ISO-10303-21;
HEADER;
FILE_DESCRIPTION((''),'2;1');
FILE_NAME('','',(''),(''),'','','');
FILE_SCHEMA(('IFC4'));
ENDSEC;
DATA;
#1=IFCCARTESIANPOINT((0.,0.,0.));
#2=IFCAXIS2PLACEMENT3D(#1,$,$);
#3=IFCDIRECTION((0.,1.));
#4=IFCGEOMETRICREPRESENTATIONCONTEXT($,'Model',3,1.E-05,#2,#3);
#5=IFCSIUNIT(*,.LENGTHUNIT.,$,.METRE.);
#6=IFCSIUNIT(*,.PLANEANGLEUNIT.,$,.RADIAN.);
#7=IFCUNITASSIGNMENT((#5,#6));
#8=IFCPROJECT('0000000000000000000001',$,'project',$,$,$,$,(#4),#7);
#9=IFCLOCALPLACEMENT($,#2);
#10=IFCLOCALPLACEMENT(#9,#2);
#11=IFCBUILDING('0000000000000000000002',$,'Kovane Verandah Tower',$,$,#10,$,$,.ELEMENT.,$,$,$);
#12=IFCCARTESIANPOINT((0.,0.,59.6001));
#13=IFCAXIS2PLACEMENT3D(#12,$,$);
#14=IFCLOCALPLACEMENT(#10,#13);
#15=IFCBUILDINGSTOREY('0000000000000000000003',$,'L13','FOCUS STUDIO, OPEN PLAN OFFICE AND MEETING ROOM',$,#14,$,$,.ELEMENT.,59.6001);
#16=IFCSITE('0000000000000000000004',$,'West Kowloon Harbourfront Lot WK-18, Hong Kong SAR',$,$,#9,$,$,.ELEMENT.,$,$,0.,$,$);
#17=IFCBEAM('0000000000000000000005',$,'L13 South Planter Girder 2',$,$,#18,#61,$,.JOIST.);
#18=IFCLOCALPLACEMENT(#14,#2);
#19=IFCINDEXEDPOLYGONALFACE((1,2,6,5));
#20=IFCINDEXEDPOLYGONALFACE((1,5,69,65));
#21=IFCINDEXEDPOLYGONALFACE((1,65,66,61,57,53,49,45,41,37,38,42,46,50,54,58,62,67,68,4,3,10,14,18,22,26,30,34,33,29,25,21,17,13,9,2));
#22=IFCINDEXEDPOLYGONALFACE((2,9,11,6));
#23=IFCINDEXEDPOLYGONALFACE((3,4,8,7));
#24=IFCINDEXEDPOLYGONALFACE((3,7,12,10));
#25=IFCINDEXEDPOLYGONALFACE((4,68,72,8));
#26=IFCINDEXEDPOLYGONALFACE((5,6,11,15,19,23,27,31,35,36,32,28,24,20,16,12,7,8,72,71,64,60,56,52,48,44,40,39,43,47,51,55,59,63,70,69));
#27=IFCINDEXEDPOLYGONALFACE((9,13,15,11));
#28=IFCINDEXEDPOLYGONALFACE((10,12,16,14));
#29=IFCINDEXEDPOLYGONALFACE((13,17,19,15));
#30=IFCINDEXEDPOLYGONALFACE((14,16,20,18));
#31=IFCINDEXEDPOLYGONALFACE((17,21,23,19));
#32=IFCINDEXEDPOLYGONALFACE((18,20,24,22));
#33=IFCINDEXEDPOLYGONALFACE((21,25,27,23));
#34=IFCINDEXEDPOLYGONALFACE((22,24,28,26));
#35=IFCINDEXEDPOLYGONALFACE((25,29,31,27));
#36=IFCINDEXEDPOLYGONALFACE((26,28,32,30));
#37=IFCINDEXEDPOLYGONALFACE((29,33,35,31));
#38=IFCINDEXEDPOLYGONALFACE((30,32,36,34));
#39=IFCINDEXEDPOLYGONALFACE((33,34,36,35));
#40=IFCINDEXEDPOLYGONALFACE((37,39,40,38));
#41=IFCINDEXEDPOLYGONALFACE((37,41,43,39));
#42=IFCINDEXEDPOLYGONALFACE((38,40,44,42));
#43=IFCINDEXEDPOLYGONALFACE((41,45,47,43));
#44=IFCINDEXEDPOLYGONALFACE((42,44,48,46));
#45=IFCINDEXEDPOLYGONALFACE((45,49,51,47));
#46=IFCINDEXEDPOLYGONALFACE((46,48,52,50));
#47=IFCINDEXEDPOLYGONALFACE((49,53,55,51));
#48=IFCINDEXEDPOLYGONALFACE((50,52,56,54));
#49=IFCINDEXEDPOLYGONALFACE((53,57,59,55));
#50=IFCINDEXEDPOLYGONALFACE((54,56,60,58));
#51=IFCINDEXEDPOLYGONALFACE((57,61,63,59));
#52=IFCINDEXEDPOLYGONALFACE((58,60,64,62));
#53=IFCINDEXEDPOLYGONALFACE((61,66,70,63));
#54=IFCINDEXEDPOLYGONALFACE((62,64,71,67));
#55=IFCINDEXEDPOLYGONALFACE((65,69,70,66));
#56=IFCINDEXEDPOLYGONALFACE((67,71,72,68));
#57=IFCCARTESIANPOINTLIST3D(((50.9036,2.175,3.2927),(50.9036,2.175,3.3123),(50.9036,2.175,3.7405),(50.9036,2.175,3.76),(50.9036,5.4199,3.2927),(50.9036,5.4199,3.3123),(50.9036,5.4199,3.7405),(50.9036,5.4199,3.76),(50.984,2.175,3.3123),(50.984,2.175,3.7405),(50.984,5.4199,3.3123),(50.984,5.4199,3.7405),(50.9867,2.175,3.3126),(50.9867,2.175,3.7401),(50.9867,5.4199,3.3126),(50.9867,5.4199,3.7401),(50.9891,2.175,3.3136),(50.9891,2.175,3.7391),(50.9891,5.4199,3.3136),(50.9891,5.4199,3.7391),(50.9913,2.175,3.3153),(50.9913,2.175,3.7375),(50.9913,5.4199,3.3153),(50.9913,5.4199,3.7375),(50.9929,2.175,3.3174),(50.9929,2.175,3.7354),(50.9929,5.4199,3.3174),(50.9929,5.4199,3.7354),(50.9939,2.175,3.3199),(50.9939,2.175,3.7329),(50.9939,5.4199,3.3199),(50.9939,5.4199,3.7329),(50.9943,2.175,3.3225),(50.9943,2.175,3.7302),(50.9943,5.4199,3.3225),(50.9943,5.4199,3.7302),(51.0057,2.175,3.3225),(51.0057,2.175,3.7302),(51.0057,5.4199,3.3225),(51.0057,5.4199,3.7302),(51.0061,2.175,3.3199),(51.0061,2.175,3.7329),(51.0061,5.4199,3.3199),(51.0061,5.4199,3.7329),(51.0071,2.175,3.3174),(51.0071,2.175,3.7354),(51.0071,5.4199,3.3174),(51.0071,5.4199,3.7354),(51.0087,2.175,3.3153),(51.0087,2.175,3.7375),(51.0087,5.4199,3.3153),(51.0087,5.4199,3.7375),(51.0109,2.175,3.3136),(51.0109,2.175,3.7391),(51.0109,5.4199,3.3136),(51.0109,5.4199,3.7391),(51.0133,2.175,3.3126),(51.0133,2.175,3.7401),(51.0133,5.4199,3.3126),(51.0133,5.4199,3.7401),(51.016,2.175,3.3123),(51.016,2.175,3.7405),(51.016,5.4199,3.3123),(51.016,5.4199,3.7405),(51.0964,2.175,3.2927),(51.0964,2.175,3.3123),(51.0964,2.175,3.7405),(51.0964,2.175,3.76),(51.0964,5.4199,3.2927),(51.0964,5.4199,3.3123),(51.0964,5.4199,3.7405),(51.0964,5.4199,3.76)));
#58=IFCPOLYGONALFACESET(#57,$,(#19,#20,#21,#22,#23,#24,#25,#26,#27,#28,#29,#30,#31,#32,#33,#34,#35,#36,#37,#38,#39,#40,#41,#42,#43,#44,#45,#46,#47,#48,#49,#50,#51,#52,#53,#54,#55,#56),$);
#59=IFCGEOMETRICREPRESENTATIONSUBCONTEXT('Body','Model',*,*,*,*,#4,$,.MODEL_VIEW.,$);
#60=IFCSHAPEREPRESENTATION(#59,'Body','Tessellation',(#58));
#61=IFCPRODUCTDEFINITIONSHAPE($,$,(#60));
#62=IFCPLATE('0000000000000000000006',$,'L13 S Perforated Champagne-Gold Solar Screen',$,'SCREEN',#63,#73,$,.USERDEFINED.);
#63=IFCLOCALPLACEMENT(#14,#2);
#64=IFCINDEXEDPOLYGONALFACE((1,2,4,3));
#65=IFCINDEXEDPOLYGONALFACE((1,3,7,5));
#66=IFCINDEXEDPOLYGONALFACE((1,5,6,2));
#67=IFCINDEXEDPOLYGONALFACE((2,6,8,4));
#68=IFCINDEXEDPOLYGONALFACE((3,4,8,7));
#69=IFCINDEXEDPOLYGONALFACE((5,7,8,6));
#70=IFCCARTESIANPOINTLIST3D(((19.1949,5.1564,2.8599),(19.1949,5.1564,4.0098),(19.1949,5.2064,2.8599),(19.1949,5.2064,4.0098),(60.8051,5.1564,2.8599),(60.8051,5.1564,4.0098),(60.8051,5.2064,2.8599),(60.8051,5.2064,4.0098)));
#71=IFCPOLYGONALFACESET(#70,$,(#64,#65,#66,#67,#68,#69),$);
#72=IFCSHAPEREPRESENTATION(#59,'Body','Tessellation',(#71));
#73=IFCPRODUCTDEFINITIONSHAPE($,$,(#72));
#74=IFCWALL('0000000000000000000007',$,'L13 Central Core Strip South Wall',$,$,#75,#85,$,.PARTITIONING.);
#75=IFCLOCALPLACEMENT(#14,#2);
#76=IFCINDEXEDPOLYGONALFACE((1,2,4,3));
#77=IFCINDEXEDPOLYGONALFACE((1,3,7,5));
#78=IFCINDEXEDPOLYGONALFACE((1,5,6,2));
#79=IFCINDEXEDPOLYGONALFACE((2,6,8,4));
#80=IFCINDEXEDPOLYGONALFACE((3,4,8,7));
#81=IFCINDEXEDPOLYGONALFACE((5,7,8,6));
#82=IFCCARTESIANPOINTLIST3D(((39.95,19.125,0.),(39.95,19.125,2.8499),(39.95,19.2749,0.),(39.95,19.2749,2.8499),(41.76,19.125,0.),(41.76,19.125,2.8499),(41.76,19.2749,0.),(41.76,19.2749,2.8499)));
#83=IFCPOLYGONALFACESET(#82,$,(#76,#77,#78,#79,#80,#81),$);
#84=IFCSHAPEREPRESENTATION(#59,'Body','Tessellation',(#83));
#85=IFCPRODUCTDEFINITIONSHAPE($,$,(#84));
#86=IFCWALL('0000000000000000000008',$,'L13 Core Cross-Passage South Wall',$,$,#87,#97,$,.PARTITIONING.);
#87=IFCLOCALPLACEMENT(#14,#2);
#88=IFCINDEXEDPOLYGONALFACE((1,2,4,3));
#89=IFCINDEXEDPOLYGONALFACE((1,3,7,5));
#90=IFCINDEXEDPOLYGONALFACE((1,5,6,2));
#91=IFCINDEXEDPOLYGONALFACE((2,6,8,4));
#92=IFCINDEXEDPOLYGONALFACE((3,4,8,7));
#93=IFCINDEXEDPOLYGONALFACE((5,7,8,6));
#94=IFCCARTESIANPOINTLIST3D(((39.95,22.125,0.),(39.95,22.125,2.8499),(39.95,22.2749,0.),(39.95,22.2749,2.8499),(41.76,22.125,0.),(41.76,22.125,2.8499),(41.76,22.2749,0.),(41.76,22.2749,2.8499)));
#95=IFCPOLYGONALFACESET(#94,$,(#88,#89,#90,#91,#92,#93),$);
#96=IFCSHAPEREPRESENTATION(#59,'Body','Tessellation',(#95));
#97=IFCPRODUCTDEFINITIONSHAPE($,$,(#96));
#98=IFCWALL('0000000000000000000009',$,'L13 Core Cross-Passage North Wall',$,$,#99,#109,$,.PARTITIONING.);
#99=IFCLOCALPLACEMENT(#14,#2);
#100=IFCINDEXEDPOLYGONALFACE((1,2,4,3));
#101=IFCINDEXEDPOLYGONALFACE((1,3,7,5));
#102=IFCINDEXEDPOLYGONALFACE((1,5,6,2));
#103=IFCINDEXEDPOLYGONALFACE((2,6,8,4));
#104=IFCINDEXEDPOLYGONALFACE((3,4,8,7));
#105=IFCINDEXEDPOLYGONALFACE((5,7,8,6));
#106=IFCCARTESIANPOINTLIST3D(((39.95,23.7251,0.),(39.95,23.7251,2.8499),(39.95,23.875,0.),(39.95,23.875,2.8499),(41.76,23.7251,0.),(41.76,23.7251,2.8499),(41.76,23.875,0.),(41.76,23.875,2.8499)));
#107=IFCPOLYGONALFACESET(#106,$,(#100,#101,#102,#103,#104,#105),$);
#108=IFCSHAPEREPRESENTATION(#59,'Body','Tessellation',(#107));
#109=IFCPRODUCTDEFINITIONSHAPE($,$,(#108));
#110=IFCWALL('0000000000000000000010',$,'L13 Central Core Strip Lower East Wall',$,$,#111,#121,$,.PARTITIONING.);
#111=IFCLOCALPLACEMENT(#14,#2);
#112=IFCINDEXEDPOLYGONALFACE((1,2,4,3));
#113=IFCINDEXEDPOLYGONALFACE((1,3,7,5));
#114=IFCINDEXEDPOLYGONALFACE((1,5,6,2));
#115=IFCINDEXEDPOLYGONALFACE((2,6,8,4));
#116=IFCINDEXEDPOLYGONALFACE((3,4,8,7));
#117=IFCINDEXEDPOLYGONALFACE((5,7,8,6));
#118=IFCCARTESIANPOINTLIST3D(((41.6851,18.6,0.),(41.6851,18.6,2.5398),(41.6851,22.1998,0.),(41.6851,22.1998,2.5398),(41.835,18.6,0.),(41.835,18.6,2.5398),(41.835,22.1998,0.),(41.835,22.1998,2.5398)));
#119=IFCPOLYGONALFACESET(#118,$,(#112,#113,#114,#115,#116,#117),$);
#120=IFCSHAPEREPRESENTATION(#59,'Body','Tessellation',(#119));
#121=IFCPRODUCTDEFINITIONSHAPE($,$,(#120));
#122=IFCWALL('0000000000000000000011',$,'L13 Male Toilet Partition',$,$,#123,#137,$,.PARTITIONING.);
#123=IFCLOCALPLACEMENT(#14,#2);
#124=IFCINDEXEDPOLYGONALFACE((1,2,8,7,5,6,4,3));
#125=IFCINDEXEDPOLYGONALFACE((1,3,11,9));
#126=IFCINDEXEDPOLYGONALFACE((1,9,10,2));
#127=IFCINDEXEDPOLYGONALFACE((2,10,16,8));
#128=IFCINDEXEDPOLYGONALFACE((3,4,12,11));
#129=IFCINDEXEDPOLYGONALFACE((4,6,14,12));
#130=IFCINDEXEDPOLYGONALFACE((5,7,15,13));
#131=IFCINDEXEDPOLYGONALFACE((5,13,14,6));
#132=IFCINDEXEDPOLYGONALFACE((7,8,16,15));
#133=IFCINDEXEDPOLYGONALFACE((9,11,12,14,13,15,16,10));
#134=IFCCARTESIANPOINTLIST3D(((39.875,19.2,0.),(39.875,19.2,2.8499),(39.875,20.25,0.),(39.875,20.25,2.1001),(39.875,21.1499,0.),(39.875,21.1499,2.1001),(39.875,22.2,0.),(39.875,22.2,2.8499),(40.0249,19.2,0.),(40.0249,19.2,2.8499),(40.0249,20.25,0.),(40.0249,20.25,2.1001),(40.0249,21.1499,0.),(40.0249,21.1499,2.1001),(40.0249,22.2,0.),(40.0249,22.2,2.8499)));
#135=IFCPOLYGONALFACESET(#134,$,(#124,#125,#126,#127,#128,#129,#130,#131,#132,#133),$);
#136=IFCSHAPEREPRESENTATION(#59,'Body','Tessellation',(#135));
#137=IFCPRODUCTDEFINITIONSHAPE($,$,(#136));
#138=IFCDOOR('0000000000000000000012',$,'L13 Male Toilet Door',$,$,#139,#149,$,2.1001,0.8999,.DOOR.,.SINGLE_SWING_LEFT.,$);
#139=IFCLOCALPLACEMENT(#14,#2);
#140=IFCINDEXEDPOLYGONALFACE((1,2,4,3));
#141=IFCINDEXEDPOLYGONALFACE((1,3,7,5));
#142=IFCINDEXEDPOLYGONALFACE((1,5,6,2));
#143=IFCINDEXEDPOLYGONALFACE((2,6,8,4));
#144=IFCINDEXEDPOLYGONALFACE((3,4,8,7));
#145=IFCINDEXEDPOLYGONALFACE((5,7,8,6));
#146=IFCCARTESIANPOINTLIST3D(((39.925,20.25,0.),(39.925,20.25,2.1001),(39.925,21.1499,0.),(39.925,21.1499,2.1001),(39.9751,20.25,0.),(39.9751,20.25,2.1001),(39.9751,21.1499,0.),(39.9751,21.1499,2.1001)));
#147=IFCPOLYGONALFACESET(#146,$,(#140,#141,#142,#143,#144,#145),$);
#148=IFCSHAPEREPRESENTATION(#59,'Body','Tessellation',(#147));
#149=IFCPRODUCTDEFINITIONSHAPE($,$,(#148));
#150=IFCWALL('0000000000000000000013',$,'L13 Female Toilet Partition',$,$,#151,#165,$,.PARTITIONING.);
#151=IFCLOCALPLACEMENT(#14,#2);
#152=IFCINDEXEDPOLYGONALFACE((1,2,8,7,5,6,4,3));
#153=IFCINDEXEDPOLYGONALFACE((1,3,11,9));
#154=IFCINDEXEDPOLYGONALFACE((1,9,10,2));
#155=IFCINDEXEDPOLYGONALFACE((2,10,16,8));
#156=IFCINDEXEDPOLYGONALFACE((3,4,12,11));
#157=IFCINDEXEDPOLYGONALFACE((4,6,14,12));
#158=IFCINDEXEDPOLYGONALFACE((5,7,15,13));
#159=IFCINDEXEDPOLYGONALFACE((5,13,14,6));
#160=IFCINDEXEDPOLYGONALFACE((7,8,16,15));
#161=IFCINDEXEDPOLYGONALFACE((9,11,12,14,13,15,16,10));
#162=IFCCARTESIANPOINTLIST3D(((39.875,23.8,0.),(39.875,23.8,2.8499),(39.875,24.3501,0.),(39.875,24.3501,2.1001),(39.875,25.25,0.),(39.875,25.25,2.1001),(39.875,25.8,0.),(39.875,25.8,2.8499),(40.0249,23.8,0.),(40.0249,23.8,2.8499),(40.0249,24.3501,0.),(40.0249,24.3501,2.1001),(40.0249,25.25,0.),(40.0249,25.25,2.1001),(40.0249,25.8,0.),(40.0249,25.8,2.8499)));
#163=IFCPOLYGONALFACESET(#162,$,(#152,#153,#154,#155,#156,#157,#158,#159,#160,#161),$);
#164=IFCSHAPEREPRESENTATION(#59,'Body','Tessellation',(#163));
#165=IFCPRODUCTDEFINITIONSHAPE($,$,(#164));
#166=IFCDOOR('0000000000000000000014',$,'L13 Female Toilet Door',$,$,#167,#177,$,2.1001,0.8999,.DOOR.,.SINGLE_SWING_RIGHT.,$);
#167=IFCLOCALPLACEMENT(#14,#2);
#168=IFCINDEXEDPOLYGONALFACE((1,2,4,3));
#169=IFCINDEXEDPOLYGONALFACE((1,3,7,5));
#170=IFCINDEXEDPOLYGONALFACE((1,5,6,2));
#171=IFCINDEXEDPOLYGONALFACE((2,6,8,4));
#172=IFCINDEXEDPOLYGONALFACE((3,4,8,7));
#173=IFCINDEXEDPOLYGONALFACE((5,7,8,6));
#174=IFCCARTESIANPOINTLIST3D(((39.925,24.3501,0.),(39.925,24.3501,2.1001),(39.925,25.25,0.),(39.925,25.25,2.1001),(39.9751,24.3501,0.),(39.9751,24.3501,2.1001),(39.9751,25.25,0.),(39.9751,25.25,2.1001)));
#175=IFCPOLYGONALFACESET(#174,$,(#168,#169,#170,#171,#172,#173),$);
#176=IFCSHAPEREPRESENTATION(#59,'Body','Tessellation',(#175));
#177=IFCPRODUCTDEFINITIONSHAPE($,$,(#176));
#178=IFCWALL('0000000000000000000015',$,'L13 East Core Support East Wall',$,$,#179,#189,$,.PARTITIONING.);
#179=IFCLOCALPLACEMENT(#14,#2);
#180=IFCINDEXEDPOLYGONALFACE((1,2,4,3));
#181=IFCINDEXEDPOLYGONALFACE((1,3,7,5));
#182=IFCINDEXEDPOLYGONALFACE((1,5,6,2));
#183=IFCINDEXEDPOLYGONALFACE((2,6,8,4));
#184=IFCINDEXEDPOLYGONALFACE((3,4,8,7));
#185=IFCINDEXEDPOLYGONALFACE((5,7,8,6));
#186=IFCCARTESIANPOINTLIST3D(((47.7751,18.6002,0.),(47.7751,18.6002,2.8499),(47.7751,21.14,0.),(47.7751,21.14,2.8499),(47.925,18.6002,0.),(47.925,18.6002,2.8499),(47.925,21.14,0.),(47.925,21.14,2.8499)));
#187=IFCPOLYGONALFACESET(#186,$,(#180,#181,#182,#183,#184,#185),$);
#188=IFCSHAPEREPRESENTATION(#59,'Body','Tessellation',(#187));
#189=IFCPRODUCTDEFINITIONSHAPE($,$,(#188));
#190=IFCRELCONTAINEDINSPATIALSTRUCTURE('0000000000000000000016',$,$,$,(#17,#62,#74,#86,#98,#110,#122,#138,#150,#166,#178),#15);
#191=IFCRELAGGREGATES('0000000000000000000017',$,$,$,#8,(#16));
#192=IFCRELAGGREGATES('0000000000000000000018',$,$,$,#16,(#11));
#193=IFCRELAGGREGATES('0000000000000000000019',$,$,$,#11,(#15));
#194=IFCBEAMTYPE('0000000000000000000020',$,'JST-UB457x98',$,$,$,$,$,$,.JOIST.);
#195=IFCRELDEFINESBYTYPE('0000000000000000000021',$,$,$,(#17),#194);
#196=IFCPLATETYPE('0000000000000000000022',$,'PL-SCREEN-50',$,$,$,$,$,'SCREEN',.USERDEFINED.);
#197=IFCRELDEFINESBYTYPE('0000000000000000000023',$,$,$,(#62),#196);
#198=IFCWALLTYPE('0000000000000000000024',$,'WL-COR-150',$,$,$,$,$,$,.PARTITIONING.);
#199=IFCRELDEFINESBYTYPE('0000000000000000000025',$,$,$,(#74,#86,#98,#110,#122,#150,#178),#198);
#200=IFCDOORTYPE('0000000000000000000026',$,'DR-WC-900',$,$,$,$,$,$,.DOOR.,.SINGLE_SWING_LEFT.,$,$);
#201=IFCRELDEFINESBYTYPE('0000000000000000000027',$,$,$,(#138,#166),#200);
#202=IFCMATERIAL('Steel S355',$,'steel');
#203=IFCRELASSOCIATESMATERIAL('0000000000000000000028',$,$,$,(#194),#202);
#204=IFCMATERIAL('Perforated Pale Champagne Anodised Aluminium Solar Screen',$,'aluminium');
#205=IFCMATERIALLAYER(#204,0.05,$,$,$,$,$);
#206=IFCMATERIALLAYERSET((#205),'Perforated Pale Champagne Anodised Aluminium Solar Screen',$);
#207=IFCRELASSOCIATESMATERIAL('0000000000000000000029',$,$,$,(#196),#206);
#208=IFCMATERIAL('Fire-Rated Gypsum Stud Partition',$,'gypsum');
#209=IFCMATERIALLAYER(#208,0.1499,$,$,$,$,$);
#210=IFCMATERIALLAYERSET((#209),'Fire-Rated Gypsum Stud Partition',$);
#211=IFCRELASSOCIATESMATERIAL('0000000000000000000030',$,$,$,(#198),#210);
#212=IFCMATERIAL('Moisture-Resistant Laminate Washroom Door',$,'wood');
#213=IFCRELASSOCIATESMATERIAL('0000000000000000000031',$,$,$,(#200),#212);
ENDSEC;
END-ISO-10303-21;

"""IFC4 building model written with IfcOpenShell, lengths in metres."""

from ifc_helpers import new_model, si_unit, direction, frame, frame_2d, origin, origin_2d, place, context, subcontext, project, spatial, rectangle, i_section, extrude, material, layer, layer_set, material_profile, profile_set, type_object, element, fill, save


model = new_model("IFC4")

# Units and contexts
model_context = context("Model", 3, precision=1e-05, world=origin(), true_north=direction((0.0, 1.0)))
body_context = subcontext(model_context, "Body", "Model", "MODEL_VIEW")
ifc_project = project(units=[si_unit("LENGTHUNIT", "METRE"), si_unit("PLANEANGLEUNIT", "RADIAN")], contexts=[model_context])

# Site, building, storey
site_placement = place(None, origin())
site = spatial("IfcSite", under=ifc_project, at=site_placement, Name="West Kowloon Harbourfront Lot WK-18, Hong Kong SAR", CompositionType="ELEMENT", RefElevation=0.0)
building_placement = place(site_placement, origin())
building = spatial("IfcBuilding", under=site, at=building_placement, Name="Kovane Verandah Tower", CompositionType="ELEMENT")
storey_placement = place(building_placement, frame((0.0, 0.0, 59.6001)))
storey = spatial("IfcBuildingStorey", under=building, at=storey_placement, Name="L13", Description="FOCUS STUDIO, OPEN PLAN OFFICE AND MEETING ROOM", CompositionType="ELEMENT", Elevation=59.6001)

# Beam
ifc_material_1 = material(Name="Steel S355", Category="steel")
ifc_material_profile_1 = material_profile(ifc_material_1, i_section(OverallWidth=0.1929, OverallDepth=0.4673, WebThickness=0.0115, FlangeThickness=0.0195, FilletRadius=0.0103, at=origin_2d()), Name="UB457x191x98")
ifc_profile_set_1 = profile_set([ifc_material_profile_1], Name="Steel S355")
beam_type_1 = type_object("IfcBeamType", Name="JST-UB457x98", PredefinedType="JOIST", material=ifc_profile_set_1)
beam_1_placement = place(storey_placement, frame((51.0, 5.4199, 3.5264), z_axis=(0.0, -1.0, 0.0), x_axis=(1.0, 0.0, 0.0)))
element("IfcBeam", 1, at=beam_1_placement, inside=storey, type_object=beam_type_1, Name="L13 South Planter Girder 2", PredefinedType="JOIST", context=body_context, shape_type="SweptSolid", body=[
    extrude(i_section(OverallWidth=0.1929, OverallDepth=0.4673, WebThickness=0.0115, FlangeThickness=0.0195, FilletRadius=0.0103, at=origin_2d()), origin(), (0.0, 0.0, 1.0), 3.2449),
])

# Plate
ifc_material_2 = material(Name="Perforated Pale Champagne Anodised Aluminium Solar Screen", Category="aluminium")
ifc_layer_1 = layer(ifc_material_2, 0.05)
ifc_layer_set_1 = layer_set([ifc_layer_1], Name="Perforated Pale Champagne Anodised Aluminium Solar Screen")
plate_type = type_object("IfcPlateType", Name="PL-SCREEN-50", ElementType="SCREEN", PredefinedType="USERDEFINED", material=ifc_layer_set_1)
plate_placement = place(storey_placement, frame((40.0, 5.1814, 2.8599), z_axis=(0.0, 0.0, 1.0), x_axis=(1.0, 0.0, 0.0)))
element("IfcPlate", 2, at=plate_placement, inside=storey, type_object=plate_type, Name="L13 S Perforated Champagne-Gold Solar Screen", ObjectType="SCREEN", PredefinedType="USERDEFINED", context=body_context, shape_type="SweptSolid", body=[
    extrude(rectangle(XDim=41.6101, YDim=0.05, at=origin_2d()), origin(), (0.0, 0.0, 1.0), 1.1499),
])

# Walls
ifc_material_3 = material(Name="Fire-Rated Gypsum Stud Partition", Category="gypsum")
ifc_layer_2 = layer(ifc_material_3, 0.1499)
ifc_layer_set_2 = layer_set([ifc_layer_2], Name="Fire-Rated Gypsum Stud Partition")
wall_type_1 = type_object("IfcWallType", Name="WL-COR-150", PredefinedType="PARTITIONING", material=ifc_layer_set_2)
for number, where, z_axis, x_axis, name in (
    (3, (39.95, 19.2, 0.0), (0.0, 0.0, 1.0), (1.0, 0.0, 0.0), "L13 Central Core Strip South Wall"),
    (4, (39.95, 22.2, 0.0), (0.0, 0.0, 1.0), (1.0, 0.0, 0.0), "L13 Core Cross-Passage South Wall"),
    (5, (39.95, 23.8, 0.0), (0.0, 0.0, 1.0), (1.0, 0.0, 0.0), "L13 Core Cross-Passage North Wall"),
):
    element("IfcWall", number, at=place(storey_placement, frame(where, z_axis=z_axis, x_axis=x_axis)), inside=storey, type_object=wall_type_1, Name=name, PredefinedType="PARTITIONING", context=body_context, shape_type="SweptSolid", body=[
        extrude(rectangle(XDim=1.8101, YDim=0.1499, at=frame_2d((0.905, 0.0))), origin(), (0.0, 0.0, 1.0), 2.8499),
    ])
wall_1_placement = place(storey_placement, frame((41.76, 18.6001, 0.0), z_axis=(0.0, 0.0, 1.0), x_axis=(0.0, 1.0, 0.0)))
element("IfcWall", 6, at=wall_1_placement, inside=storey, type_object=wall_type_1, Name="L13 Central Core Strip Lower East Wall", PredefinedType="PARTITIONING", context=body_context, shape_type="SweptSolid", body=[
    extrude(rectangle(XDim=3.5999, YDim=0.1499, at=frame_2d((1.7998, 0.0))), origin(), (0.0, 0.0, 1.0), 2.5398),
])

# Walls, openings, doors
wall_2_placement = place(storey_placement, frame((39.95, 19.2, 0.0), z_axis=(0.0, 0.0, 1.0), x_axis=(0.0, 1.0, 0.0)))
wall_2 = element("IfcWall", 7, at=wall_2_placement, inside=storey, type_object=wall_type_1, Name="L13 Male Toilet Partition", PredefinedType="PARTITIONING", context=body_context, shape_type="SweptSolid", body=[
    extrude(rectangle(XDim=3.0, YDim=0.1499, at=frame_2d((1.5, 0.0))), origin(), (0.0, 0.0, 1.0), 2.8499),
])
opening_1_placement = place(wall_2_placement, frame((1.05, 0.0, 0.0)))
opening_1 = element("IfcOpeningElement", 8, at=opening_1_placement, cuts=wall_2, PredefinedType="OPENING", context=body_context, shape_type="SweptSolid", body=[
    extrude(rectangle(XDim=0.8999, YDim=2.1001, at=frame_2d((0.45, 1.05))), frame((0.0, 0.075, 0.0), z_axis=(0.0, -1.0, 0.0), x_axis=(1.0, 0.0, 0.0)), (0.0, 0.0, 1.0), 0.1499),
])
ifc_material_4 = material(Name="Moisture-Resistant Laminate Washroom Door", Category="wood")
door_type_1 = type_object("IfcDoorType", Name="DR-WC-900", OperationType="SINGLE_SWING_LEFT", PredefinedType="DOOR", material=ifc_material_4)
door_1_placement = place(opening_1_placement, origin())
door_1 = element("IfcDoor", 9, at=door_1_placement, inside=storey, type_object=door_type_1, Name="L13 Male Toilet Door", OperationType="SINGLE_SWING_LEFT", OverallHeight=2.1001, OverallWidth=0.8999, PredefinedType="DOOR", context=body_context, shape_type="SweptSolid", body=[
    extrude(rectangle(XDim=0.8999, YDim=2.1001, at=frame_2d((0.45, 1.05))), frame((0.0, 0.0249, 0.0), z_axis=(0.0, -1.0, 0.0), x_axis=(1.0, 0.0, 0.0)), (0.0, 0.0, 1.0), 0.05),
])
fill(opening_1, door_1)
wall_3_placement = place(storey_placement, frame((39.95, 23.8, 0.0), z_axis=(0.0, 0.0, 1.0), x_axis=(0.0, 1.0, 0.0)))
wall_3 = element("IfcWall", 10, at=wall_3_placement, inside=storey, type_object=wall_type_1, Name="L13 Female Toilet Partition", PredefinedType="PARTITIONING", context=body_context, shape_type="SweptSolid", body=[
    extrude(rectangle(XDim=2.0, YDim=0.1499, at=frame_2d((1.0, 0.0))), origin(), (0.0, 0.0, 1.0), 2.8499),
])
opening_2_placement = place(wall_3_placement, frame((0.55, 0.0, 0.0)))
opening_2 = element("IfcOpeningElement", 11, at=opening_2_placement, cuts=wall_3, PredefinedType="OPENING", context=body_context, shape_type="SweptSolid", body=[
    extrude(rectangle(XDim=0.8999, YDim=2.1001, at=frame_2d((0.45, 1.05))), frame((0.0, 0.075, 0.0), z_axis=(0.0, -1.0, 0.0), x_axis=(1.0, 0.0, 0.0)), (0.0, 0.0, 1.0), 0.1499),
])
door_2_placement = place(opening_2_placement, origin())
door_2 = element("IfcDoor", 12, at=door_2_placement, inside=storey, type_object=door_type_1, Name="L13 Female Toilet Door", OperationType="SINGLE_SWING_RIGHT", OverallHeight=2.1001, OverallWidth=0.8999, PredefinedType="DOOR", context=body_context, shape_type="SweptSolid", body=[
    extrude(rectangle(XDim=0.8999, YDim=2.1001, at=frame_2d((0.45, 1.05))), frame((0.0, 0.0249, 0.0), z_axis=(0.0, -1.0, 0.0), x_axis=(1.0, 0.0, 0.0)), (0.0, 0.0, 1.0), 0.05),
])
fill(opening_2, door_2)

# Wall
wall_4_placement = place(storey_placement, frame((47.8501, 18.6001, 0.0), z_axis=(0.0, 0.0, 1.0), x_axis=(0.0, 1.0, 0.0)))
element("IfcWall", 13, at=wall_4_placement, inside=storey, type_object=wall_type_1, Name="L13 East Core Support East Wall", PredefinedType="PARTITIONING", context=body_context, shape_type="SweptSolid", body=[
    extrude(rectangle(XDim=2.5398, YDim=0.1499, at=frame_2d((1.27, 0.0))), origin(), (0.0, 0.0, 1.0), 2.8499),
])

save(model, "model.ifc")
